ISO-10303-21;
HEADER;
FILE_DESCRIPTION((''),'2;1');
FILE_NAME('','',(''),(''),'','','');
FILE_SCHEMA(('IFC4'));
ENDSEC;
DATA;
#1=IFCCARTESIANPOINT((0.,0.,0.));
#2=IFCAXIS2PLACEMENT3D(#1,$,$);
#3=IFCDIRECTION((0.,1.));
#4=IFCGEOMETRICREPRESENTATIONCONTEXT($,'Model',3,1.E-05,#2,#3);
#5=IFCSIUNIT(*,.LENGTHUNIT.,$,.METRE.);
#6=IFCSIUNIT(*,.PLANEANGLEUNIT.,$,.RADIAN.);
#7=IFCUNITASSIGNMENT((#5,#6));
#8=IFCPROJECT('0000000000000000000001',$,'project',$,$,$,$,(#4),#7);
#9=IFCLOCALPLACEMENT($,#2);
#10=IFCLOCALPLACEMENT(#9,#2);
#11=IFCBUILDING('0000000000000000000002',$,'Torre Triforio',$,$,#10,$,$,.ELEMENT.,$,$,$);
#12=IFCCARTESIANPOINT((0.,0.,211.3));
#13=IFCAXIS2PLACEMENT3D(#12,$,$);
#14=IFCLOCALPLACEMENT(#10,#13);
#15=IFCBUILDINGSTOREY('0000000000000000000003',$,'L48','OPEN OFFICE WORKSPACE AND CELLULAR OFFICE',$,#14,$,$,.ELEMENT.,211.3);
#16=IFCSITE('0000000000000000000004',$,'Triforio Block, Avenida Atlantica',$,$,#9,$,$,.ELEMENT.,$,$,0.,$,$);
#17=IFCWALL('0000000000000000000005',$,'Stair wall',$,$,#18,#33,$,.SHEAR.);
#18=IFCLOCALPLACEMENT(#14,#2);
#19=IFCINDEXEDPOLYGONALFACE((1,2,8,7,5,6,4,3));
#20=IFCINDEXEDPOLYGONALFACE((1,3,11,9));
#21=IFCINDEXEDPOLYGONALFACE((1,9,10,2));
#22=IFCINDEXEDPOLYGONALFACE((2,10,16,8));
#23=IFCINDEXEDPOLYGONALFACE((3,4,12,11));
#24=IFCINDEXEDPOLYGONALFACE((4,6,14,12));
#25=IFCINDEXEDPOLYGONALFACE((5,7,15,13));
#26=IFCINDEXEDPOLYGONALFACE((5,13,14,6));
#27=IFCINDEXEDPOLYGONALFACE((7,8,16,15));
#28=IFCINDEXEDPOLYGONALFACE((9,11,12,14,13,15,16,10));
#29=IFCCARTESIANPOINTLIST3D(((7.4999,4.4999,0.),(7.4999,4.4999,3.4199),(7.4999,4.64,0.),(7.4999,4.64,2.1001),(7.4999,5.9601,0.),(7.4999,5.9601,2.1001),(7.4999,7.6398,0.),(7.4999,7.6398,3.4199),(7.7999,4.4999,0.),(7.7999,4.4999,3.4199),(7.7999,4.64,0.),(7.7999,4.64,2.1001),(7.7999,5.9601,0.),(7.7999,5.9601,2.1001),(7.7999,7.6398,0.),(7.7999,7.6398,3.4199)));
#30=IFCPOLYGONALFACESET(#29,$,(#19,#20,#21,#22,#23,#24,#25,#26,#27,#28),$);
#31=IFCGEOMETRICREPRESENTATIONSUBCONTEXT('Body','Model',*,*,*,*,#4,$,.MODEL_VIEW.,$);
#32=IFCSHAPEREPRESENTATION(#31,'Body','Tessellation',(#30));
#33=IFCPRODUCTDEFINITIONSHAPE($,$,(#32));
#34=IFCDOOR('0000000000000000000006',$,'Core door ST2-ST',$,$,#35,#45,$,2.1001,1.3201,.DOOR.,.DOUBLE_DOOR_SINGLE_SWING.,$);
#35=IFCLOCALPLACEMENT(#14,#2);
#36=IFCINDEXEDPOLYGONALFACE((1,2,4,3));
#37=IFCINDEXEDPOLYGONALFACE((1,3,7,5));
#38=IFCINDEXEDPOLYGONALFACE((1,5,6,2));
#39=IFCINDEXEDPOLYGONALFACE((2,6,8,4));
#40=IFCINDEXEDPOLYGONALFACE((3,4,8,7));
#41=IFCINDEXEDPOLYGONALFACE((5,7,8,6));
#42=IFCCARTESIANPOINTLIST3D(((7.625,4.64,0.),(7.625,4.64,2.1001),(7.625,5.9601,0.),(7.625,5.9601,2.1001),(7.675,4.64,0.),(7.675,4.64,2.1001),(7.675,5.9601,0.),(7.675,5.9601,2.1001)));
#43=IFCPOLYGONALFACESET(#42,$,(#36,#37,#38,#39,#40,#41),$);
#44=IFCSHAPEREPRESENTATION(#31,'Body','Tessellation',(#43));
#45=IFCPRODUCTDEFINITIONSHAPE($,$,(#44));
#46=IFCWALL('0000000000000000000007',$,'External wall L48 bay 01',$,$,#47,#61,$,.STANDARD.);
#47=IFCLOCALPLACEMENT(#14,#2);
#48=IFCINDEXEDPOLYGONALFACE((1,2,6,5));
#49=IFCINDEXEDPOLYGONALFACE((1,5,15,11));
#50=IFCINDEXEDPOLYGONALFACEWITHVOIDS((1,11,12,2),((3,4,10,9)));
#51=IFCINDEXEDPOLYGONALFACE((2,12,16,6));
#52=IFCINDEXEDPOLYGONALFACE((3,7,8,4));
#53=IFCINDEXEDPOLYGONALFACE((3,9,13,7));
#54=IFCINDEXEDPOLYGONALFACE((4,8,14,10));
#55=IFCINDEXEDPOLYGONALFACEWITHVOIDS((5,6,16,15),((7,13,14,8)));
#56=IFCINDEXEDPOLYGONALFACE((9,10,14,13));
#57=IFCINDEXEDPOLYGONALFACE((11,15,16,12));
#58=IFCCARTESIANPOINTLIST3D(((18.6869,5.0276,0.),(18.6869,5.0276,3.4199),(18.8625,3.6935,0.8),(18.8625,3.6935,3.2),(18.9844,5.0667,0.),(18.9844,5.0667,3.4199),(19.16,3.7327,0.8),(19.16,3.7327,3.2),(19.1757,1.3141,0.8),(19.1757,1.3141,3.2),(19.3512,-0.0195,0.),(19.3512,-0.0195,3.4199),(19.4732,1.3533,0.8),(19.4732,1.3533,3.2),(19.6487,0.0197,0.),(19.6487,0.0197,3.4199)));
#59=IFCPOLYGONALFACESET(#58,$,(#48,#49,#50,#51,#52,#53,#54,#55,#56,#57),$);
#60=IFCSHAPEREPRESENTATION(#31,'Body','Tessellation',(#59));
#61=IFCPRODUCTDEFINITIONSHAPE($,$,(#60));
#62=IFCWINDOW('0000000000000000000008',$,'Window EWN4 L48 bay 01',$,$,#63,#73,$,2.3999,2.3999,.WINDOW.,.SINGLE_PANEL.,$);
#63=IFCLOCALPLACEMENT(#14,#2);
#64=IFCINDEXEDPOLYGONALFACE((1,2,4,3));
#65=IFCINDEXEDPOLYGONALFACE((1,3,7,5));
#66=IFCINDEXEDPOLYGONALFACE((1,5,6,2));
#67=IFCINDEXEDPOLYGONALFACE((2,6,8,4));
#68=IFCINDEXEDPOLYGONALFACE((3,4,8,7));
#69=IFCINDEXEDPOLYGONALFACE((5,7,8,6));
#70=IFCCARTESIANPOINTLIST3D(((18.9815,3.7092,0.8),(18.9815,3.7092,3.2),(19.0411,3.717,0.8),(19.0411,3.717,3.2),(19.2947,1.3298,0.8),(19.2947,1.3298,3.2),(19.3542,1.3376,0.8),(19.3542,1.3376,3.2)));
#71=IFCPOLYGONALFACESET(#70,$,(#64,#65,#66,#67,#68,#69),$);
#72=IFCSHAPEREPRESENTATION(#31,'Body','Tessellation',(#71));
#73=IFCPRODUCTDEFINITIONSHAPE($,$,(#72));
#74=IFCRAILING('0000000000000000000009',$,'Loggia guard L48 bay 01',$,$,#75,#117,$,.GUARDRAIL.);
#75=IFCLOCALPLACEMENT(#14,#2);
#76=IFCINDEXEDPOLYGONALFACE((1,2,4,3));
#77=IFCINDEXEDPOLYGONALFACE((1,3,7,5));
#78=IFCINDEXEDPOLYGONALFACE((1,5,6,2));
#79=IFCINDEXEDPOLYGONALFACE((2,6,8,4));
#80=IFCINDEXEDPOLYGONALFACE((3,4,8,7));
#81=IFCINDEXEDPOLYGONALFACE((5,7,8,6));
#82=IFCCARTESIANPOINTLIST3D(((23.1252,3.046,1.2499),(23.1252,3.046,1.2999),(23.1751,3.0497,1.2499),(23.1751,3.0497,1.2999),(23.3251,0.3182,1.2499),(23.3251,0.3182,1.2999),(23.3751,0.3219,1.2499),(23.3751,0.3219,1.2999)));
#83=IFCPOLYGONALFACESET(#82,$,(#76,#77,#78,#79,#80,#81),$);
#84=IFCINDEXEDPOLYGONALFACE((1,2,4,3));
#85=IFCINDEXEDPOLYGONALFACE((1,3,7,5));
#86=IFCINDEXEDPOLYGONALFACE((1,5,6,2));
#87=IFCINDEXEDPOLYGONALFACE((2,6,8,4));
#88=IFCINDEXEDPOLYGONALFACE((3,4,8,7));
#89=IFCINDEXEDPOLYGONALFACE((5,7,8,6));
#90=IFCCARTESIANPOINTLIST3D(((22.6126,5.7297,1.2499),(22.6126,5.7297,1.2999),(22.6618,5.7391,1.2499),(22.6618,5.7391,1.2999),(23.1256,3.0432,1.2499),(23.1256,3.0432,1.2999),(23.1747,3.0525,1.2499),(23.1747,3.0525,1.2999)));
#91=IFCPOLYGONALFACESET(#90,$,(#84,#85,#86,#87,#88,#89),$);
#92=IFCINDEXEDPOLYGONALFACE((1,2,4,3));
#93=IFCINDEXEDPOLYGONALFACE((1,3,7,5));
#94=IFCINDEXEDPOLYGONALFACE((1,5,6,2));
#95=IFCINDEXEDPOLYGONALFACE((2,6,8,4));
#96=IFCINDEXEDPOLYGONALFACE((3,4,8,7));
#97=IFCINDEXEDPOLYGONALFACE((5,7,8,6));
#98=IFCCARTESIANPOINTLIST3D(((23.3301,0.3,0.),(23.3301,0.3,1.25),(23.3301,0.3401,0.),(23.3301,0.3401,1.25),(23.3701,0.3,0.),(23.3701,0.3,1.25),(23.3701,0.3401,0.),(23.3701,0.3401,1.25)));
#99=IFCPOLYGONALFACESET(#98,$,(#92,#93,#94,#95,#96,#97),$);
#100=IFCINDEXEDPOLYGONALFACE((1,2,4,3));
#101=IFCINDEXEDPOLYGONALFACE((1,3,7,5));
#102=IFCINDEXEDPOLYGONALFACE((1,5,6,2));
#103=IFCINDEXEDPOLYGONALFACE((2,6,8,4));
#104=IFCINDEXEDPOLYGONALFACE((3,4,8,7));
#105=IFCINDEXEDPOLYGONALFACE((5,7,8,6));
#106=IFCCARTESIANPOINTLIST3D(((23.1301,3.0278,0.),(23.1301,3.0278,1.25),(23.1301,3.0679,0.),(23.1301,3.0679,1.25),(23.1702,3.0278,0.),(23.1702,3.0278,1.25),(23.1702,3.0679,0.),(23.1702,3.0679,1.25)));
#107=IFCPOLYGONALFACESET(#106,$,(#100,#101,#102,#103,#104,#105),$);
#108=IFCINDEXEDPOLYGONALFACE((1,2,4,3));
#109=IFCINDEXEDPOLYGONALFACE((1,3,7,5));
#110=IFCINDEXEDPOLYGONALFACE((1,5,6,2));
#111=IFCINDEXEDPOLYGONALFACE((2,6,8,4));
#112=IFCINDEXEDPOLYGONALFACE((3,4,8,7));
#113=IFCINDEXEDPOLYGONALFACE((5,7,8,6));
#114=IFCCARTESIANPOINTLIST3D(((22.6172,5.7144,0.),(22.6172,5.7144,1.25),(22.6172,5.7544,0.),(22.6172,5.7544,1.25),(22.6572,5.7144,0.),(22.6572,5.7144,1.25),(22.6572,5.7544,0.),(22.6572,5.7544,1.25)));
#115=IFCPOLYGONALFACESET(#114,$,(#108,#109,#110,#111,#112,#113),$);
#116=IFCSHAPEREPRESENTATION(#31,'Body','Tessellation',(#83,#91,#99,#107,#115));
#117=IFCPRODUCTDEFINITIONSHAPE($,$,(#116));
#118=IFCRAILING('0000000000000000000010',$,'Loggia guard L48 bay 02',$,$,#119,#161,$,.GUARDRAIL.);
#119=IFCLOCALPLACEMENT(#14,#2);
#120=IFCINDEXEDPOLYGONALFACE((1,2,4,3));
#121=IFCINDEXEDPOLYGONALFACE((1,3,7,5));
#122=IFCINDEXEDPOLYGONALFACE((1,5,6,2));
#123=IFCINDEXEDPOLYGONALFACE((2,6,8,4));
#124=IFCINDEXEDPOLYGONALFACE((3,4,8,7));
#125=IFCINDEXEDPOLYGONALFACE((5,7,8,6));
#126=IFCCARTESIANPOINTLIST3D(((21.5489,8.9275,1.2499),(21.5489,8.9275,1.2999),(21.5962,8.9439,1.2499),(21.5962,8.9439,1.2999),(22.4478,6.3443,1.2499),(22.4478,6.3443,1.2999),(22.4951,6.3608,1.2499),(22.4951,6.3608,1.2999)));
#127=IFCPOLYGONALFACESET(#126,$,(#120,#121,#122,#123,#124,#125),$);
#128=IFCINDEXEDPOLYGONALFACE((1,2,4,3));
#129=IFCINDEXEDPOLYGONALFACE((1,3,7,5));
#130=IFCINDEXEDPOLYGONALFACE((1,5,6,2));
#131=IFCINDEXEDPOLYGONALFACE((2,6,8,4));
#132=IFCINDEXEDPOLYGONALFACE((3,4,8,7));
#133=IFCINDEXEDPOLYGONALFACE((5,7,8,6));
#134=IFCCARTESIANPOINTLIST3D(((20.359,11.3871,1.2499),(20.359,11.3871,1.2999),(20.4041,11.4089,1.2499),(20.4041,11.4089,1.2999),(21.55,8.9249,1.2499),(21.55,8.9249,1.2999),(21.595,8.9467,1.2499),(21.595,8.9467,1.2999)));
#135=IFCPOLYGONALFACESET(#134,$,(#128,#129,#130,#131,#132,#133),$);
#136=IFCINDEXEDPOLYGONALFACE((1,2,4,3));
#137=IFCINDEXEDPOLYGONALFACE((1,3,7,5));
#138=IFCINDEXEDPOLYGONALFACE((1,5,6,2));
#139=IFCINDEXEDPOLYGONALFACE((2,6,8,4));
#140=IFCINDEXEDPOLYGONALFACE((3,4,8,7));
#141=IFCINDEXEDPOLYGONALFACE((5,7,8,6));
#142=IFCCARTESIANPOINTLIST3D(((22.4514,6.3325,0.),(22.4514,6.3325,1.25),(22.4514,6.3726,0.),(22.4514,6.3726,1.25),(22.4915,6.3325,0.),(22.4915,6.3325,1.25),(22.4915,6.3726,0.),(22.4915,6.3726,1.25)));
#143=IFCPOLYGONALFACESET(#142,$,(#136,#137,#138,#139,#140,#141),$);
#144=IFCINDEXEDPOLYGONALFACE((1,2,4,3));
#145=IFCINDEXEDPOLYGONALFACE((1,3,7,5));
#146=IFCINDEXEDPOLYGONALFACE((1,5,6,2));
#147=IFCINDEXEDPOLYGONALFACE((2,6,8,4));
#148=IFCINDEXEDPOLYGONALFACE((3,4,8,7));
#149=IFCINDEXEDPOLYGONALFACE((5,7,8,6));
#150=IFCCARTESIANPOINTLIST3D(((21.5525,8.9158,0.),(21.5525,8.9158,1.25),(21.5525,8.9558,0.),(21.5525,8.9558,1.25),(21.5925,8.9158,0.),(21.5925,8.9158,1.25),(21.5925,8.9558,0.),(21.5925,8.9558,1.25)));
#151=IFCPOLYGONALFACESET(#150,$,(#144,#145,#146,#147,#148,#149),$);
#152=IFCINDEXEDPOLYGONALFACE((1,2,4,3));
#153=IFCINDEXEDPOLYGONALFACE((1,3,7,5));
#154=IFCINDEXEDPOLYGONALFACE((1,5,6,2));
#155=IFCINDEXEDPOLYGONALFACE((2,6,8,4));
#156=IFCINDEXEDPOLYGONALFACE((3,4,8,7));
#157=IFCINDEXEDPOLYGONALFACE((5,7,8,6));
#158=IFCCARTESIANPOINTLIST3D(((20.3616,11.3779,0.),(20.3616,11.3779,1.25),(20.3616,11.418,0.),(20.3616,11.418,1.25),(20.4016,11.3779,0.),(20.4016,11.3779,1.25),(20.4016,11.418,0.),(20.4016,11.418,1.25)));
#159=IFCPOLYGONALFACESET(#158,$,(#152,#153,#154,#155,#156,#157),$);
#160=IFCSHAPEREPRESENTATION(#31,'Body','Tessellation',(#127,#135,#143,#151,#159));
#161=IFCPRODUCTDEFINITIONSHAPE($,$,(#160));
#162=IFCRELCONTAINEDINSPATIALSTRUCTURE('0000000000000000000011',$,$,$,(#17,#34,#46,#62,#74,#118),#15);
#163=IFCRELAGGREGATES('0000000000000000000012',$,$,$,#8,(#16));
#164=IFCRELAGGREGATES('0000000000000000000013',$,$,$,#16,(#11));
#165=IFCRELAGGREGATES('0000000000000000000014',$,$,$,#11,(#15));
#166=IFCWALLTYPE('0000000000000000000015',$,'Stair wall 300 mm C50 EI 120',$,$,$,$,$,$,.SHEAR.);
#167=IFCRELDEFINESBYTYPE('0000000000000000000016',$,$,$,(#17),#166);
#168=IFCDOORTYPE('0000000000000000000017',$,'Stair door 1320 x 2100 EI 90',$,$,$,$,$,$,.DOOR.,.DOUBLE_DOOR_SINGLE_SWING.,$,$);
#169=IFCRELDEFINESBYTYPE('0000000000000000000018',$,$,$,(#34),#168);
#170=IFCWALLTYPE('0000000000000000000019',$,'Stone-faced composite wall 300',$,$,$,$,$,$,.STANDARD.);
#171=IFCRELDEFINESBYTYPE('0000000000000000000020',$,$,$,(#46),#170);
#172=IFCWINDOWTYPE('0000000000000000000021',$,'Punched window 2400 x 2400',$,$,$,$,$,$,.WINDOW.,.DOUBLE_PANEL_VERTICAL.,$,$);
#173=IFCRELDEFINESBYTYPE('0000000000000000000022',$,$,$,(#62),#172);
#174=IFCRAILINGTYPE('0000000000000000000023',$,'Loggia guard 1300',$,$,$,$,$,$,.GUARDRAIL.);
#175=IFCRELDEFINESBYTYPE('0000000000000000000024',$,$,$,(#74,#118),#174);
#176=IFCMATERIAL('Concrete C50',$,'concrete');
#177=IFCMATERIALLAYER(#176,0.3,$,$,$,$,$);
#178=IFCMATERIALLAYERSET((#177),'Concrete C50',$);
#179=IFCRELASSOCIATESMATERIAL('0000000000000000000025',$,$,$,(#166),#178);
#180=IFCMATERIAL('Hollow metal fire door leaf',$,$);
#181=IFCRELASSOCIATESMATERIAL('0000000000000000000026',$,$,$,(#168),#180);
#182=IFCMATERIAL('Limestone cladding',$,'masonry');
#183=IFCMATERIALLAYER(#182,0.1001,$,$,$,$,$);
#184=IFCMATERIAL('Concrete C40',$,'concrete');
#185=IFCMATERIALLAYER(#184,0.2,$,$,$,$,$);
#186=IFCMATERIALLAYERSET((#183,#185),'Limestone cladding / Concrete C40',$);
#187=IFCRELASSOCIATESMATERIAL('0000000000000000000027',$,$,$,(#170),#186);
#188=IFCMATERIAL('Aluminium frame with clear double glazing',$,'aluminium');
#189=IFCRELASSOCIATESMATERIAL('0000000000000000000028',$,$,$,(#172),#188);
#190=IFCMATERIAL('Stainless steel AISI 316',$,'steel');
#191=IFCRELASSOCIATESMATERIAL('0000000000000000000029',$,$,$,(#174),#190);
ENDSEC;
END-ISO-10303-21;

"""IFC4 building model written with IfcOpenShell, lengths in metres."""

from ifc_helpers import new_model, si_unit, direction, frame, frame_2d, origin, origin_2d, place, context, subcontext, project, spatial, rectangle, extrude, material, layer, layer_set, type_object, element, fill, save


model = new_model("IFC4")

# Units and contexts
model_context = context("Model", 3, precision=1e-05, world=origin(), true_north=direction((0.0, 1.0)))
body_context = subcontext(model_context, "Body", "Model", "MODEL_VIEW")
ifc_project = project(units=[si_unit("LENGTHUNIT", "METRE"), si_unit("PLANEANGLEUNIT", "RADIAN")], contexts=[model_context])

# Site, building, storey
site_placement = place(None, origin())
site = spatial("IfcSite", under=ifc_project, at=site_placement, Name="Triforio Block, Avenida Atlantica", CompositionType="ELEMENT", RefElevation=0.0)
building_placement = place(site_placement, origin())
building = spatial("IfcBuilding", under=site, at=building_placement, Name="Torre Triforio", CompositionType="ELEMENT")
storey_placement = place(building_placement, frame((0.0, 0.0, 211.3)))
storey = spatial("IfcBuildingStorey", under=building, at=storey_placement, Name="L48", Description="OPEN OFFICE WORKSPACE AND CELLULAR OFFICE", CompositionType="ELEMENT", Elevation=211.3)

# Shared definitions
ifc_material_1 = material(Name="Concrete C50", Category="concrete")

# Shared definitions
ifc_material_2 = material(Name="Concrete C40", Category="concrete")

# Shared definitions
ifc_material_3 = material(Name="Limestone cladding", Category="masonry")

# Wall, opening, door
ifc_layer_1 = layer(ifc_material_1, 0.3)
ifc_layer_set_1 = layer_set([ifc_layer_1], Name="Concrete C50")
wall_type_1 = type_object("IfcWallType", Name="Stair wall 300 mm C50 EI 120", PredefinedType="SHEAR", material=ifc_layer_set_1)
wall_1_placement = place(storey_placement, frame((7.6499, 4.5, 0.0), z_axis=(0.0, 0.0, 1.0), x_axis=(0.0, 1.0, 0.0)))
wall_1 = element("IfcWall", 1, at=wall_1_placement, inside=storey, type_object=wall_type_1, Name="Stair wall", PredefinedType="SHEAR", context=body_context, shape_type="SweptSolid", body=[
    extrude(rectangle(XDim=3.1399, YDim=0.3, at=frame_2d((1.5698, 0.0))), origin(), (0.0, 0.0, 1.0), 3.4199),
])
opening_1_placement = place(wall_1_placement, frame((0.1399, 0.0, 0.0)))
opening_1 = element("IfcOpeningElement", 2, at=opening_1_placement, cuts=wall_1, PredefinedType="OPENING", context=body_context, shape_type="SweptSolid", body=[
    extrude(rectangle(XDim=1.3201, YDim=2.1001, at=frame_2d((0.6602, 1.05))), frame((0.0, 0.1599, 0.0), z_axis=(0.0, -1.0, 0.0), x_axis=(1.0, 0.0, 0.0)), (0.0, 0.0, 1.0), 0.3201),
])
ifc_material_4 = material(Name="Hollow metal fire door leaf")
door_type_1 = type_object("IfcDoorType", Name="Stair door 1320 x 2100 EI 90", OperationType="DOUBLE_DOOR_SINGLE_SWING", PredefinedType="DOOR", material=ifc_material_4)
door_1_placement = place(opening_1_placement, origin())
door_1 = element("IfcDoor", 3, at=door_1_placement, inside=storey, type_object=door_type_1, Name="Core door ST2-ST", OperationType="DOUBLE_DOOR_SINGLE_SWING", OverallHeight=2.1001, OverallWidth=1.3201, PredefinedType="DOOR", context=body_context, shape_type="SweptSolid", body=[
    extrude(rectangle(XDim=1.3201, YDim=2.1001, at=frame_2d((0.6602, 1.05))), frame((0.0, 0.0249, 0.0), z_axis=(0.0, -1.0, 0.0), x_axis=(1.0, 0.0, 0.0)), (0.0, 0.0, 1.0), 0.05),
])
fill(opening_1, door_1)

# Wall, opening, window
ifc_layer_2 = layer(ifc_material_3, 0.1001)
ifc_layer_3 = layer(ifc_material_2, 0.2)
ifc_layer_set_2 = layer_set([ifc_layer_2, ifc_layer_3], Name="Limestone cladding / Concrete C40")
wall_type_2 = type_object("IfcWallType", Name="Stone-faced composite wall 300", PredefinedType="STANDARD", material=ifc_layer_set_2)
wall_2_placement = place(storey_placement, frame((19.5, 0.0, 0.0), z_axis=(0.0, 0.0, 1.0), x_axis=(-0.130495, 0.991449, 0.0)))
wall_2 = element("IfcWall", 4, at=wall_2_placement, inside=storey, type_object=wall_type_2, Name="External wall L48 bay 01", PredefinedType="STANDARD", context=body_context, shape_type="SweptSolid", body=[
    extrude(rectangle(XDim=5.0906, YDim=0.3, at=frame_2d((2.5454, 0.0))), origin(), (0.0, 0.0, 1.0), 3.4199),
])
opening_2_placement = place(wall_2_placement, frame((1.3452, 0.0, 0.8)))
opening_2 = element("IfcOpeningElement", 5, at=opening_2_placement, cuts=wall_2, PredefinedType="OPENING", context=body_context, shape_type="SweptSolid", body=[
    extrude(rectangle(XDim=2.3999, YDim=2.3999, at=frame_2d((1.2, 1.2))), frame((0.0, 0.1599, 0.0), z_axis=(0.0, -1.0, 0.0), x_axis=(1.0, 0.0, 0.0)), (0.0, 0.0, 1.0), 0.3201),
])
ifc_material_5 = material(Name="Aluminium frame with clear double glazing", Category="aluminium")
window_type_1 = type_object("IfcWindowType", Name="Punched window 2400 x 2400", PartitioningType="DOUBLE_PANEL_VERTICAL", PredefinedType="WINDOW", material=ifc_material_5)
window_1_placement = place(opening_2_placement, origin())
window_1 = element("IfcWindow", 6, at=window_1_placement, inside=storey, type_object=window_type_1, Name="Window EWN4 L48 bay 01", OverallHeight=2.3999, OverallWidth=2.3999, PartitioningType="SINGLE_PANEL", PredefinedType="WINDOW", context=body_context, shape_type="SweptSolid", body=[
    extrude(rectangle(XDim=2.3999, YDim=2.3999, at=frame_2d((1.2, 1.2))), frame((0.0, 0.03, 0.0), z_axis=(0.0, -1.0, 0.0), x_axis=(1.0, 0.0, 0.0)), (0.0, 0.0, 1.0), 0.0601),
])
fill(opening_2, window_1)

# Railings
ifc_material_6 = material(Name="Stainless steel AISI 316", Category="steel")
railing_type = type_object("IfcRailingType", Name="Loggia guard 1300", PredefinedType="GUARDRAIL", material=ifc_material_6)
railing_1_placement = place(storey_placement, frame((23.3501, 0.3201, 0.0)))
element("IfcRailing", 7, at=railing_1_placement, inside=storey, type_object=railing_type, Name="Loggia guard L48 bay 01", PredefinedType="GUARDRAIL", context=body_context, shape_type="SweptSolid", body=[
    extrude(rectangle(XDim=0.05, YDim=0.05, at=origin_2d()), frame((0.0, 0.0, 1.2749), z_axis=(-0.073106, 0.997324, 0.0), x_axis=(-0.997324, -0.073106, 0.0)), (0.0, 0.0, 1.0), 2.7351),
    extrude(rectangle(XDim=0.05, YDim=0.05, at=origin_2d()), frame((-0.2, 2.7278, 1.2749), z_axis=(-0.187543, 0.982256, 0.0), x_axis=(-0.982256, -0.187543, 0.0)), (0.0, 0.0, 1.0), 2.7351),
    extrude(rectangle(XDim=0.04, YDim=0.04, at=origin_2d()), origin(), (0.0, 0.0, 1.0), 1.25),
    extrude(rectangle(XDim=0.04, YDim=0.04, at=origin_2d()), frame((-0.2, 2.7278, 0.0)), (0.0, 0.0, 1.0), 1.25),
    extrude(rectangle(XDim=0.04, YDim=0.04, at=origin_2d()), frame((-0.7129, 5.4143, 0.0)), (0.0, 0.0, 1.0), 1.25),
])
railing_2_placement = place(storey_placement, frame((22.4714, 6.3525, 0.0)))
element("IfcRailing", 8, at=railing_2_placement, inside=storey, type_object=railing_type, Name="Loggia guard L48 bay 02", PredefinedType="GUARDRAIL", context=body_context, shape_type="SweptSolid", body=[
    extrude(rectangle(XDim=0.05, YDim=0.05, at=origin_2d()), frame((0.0, 0.0, 1.2749), z_axis=(-0.328652, 0.944451, 0.0), x_axis=(-0.944451, -0.328652, 0.0)), (0.0, 0.0, 1.0), 2.7351),
    extrude(rectangle(XDim=0.05, YDim=0.05, at=origin_2d()), frame((-0.8989, 2.5833, 1.2749), z_axis=(-0.435428, 0.900224, 0.0), x_axis=(-0.900224, -0.435428, 0.0)), (0.0, 0.0, 1.0), 2.7351),
    extrude(rectangle(XDim=0.04, YDim=0.04, at=origin_2d()), origin(), (0.0, 0.0, 1.0), 1.25),
    extrude(rectangle(XDim=0.04, YDim=0.04, at=origin_2d()), frame((-0.8989, 2.5833, 0.0)), (0.0, 0.0, 1.0), 1.25),
    extrude(rectangle(XDim=0.04, YDim=0.04, at=origin_2d()), frame((-2.0898, 5.0454, 0.0)), (0.0, 0.0, 1.0), 1.25),
])

save(model, "model.ifc")
